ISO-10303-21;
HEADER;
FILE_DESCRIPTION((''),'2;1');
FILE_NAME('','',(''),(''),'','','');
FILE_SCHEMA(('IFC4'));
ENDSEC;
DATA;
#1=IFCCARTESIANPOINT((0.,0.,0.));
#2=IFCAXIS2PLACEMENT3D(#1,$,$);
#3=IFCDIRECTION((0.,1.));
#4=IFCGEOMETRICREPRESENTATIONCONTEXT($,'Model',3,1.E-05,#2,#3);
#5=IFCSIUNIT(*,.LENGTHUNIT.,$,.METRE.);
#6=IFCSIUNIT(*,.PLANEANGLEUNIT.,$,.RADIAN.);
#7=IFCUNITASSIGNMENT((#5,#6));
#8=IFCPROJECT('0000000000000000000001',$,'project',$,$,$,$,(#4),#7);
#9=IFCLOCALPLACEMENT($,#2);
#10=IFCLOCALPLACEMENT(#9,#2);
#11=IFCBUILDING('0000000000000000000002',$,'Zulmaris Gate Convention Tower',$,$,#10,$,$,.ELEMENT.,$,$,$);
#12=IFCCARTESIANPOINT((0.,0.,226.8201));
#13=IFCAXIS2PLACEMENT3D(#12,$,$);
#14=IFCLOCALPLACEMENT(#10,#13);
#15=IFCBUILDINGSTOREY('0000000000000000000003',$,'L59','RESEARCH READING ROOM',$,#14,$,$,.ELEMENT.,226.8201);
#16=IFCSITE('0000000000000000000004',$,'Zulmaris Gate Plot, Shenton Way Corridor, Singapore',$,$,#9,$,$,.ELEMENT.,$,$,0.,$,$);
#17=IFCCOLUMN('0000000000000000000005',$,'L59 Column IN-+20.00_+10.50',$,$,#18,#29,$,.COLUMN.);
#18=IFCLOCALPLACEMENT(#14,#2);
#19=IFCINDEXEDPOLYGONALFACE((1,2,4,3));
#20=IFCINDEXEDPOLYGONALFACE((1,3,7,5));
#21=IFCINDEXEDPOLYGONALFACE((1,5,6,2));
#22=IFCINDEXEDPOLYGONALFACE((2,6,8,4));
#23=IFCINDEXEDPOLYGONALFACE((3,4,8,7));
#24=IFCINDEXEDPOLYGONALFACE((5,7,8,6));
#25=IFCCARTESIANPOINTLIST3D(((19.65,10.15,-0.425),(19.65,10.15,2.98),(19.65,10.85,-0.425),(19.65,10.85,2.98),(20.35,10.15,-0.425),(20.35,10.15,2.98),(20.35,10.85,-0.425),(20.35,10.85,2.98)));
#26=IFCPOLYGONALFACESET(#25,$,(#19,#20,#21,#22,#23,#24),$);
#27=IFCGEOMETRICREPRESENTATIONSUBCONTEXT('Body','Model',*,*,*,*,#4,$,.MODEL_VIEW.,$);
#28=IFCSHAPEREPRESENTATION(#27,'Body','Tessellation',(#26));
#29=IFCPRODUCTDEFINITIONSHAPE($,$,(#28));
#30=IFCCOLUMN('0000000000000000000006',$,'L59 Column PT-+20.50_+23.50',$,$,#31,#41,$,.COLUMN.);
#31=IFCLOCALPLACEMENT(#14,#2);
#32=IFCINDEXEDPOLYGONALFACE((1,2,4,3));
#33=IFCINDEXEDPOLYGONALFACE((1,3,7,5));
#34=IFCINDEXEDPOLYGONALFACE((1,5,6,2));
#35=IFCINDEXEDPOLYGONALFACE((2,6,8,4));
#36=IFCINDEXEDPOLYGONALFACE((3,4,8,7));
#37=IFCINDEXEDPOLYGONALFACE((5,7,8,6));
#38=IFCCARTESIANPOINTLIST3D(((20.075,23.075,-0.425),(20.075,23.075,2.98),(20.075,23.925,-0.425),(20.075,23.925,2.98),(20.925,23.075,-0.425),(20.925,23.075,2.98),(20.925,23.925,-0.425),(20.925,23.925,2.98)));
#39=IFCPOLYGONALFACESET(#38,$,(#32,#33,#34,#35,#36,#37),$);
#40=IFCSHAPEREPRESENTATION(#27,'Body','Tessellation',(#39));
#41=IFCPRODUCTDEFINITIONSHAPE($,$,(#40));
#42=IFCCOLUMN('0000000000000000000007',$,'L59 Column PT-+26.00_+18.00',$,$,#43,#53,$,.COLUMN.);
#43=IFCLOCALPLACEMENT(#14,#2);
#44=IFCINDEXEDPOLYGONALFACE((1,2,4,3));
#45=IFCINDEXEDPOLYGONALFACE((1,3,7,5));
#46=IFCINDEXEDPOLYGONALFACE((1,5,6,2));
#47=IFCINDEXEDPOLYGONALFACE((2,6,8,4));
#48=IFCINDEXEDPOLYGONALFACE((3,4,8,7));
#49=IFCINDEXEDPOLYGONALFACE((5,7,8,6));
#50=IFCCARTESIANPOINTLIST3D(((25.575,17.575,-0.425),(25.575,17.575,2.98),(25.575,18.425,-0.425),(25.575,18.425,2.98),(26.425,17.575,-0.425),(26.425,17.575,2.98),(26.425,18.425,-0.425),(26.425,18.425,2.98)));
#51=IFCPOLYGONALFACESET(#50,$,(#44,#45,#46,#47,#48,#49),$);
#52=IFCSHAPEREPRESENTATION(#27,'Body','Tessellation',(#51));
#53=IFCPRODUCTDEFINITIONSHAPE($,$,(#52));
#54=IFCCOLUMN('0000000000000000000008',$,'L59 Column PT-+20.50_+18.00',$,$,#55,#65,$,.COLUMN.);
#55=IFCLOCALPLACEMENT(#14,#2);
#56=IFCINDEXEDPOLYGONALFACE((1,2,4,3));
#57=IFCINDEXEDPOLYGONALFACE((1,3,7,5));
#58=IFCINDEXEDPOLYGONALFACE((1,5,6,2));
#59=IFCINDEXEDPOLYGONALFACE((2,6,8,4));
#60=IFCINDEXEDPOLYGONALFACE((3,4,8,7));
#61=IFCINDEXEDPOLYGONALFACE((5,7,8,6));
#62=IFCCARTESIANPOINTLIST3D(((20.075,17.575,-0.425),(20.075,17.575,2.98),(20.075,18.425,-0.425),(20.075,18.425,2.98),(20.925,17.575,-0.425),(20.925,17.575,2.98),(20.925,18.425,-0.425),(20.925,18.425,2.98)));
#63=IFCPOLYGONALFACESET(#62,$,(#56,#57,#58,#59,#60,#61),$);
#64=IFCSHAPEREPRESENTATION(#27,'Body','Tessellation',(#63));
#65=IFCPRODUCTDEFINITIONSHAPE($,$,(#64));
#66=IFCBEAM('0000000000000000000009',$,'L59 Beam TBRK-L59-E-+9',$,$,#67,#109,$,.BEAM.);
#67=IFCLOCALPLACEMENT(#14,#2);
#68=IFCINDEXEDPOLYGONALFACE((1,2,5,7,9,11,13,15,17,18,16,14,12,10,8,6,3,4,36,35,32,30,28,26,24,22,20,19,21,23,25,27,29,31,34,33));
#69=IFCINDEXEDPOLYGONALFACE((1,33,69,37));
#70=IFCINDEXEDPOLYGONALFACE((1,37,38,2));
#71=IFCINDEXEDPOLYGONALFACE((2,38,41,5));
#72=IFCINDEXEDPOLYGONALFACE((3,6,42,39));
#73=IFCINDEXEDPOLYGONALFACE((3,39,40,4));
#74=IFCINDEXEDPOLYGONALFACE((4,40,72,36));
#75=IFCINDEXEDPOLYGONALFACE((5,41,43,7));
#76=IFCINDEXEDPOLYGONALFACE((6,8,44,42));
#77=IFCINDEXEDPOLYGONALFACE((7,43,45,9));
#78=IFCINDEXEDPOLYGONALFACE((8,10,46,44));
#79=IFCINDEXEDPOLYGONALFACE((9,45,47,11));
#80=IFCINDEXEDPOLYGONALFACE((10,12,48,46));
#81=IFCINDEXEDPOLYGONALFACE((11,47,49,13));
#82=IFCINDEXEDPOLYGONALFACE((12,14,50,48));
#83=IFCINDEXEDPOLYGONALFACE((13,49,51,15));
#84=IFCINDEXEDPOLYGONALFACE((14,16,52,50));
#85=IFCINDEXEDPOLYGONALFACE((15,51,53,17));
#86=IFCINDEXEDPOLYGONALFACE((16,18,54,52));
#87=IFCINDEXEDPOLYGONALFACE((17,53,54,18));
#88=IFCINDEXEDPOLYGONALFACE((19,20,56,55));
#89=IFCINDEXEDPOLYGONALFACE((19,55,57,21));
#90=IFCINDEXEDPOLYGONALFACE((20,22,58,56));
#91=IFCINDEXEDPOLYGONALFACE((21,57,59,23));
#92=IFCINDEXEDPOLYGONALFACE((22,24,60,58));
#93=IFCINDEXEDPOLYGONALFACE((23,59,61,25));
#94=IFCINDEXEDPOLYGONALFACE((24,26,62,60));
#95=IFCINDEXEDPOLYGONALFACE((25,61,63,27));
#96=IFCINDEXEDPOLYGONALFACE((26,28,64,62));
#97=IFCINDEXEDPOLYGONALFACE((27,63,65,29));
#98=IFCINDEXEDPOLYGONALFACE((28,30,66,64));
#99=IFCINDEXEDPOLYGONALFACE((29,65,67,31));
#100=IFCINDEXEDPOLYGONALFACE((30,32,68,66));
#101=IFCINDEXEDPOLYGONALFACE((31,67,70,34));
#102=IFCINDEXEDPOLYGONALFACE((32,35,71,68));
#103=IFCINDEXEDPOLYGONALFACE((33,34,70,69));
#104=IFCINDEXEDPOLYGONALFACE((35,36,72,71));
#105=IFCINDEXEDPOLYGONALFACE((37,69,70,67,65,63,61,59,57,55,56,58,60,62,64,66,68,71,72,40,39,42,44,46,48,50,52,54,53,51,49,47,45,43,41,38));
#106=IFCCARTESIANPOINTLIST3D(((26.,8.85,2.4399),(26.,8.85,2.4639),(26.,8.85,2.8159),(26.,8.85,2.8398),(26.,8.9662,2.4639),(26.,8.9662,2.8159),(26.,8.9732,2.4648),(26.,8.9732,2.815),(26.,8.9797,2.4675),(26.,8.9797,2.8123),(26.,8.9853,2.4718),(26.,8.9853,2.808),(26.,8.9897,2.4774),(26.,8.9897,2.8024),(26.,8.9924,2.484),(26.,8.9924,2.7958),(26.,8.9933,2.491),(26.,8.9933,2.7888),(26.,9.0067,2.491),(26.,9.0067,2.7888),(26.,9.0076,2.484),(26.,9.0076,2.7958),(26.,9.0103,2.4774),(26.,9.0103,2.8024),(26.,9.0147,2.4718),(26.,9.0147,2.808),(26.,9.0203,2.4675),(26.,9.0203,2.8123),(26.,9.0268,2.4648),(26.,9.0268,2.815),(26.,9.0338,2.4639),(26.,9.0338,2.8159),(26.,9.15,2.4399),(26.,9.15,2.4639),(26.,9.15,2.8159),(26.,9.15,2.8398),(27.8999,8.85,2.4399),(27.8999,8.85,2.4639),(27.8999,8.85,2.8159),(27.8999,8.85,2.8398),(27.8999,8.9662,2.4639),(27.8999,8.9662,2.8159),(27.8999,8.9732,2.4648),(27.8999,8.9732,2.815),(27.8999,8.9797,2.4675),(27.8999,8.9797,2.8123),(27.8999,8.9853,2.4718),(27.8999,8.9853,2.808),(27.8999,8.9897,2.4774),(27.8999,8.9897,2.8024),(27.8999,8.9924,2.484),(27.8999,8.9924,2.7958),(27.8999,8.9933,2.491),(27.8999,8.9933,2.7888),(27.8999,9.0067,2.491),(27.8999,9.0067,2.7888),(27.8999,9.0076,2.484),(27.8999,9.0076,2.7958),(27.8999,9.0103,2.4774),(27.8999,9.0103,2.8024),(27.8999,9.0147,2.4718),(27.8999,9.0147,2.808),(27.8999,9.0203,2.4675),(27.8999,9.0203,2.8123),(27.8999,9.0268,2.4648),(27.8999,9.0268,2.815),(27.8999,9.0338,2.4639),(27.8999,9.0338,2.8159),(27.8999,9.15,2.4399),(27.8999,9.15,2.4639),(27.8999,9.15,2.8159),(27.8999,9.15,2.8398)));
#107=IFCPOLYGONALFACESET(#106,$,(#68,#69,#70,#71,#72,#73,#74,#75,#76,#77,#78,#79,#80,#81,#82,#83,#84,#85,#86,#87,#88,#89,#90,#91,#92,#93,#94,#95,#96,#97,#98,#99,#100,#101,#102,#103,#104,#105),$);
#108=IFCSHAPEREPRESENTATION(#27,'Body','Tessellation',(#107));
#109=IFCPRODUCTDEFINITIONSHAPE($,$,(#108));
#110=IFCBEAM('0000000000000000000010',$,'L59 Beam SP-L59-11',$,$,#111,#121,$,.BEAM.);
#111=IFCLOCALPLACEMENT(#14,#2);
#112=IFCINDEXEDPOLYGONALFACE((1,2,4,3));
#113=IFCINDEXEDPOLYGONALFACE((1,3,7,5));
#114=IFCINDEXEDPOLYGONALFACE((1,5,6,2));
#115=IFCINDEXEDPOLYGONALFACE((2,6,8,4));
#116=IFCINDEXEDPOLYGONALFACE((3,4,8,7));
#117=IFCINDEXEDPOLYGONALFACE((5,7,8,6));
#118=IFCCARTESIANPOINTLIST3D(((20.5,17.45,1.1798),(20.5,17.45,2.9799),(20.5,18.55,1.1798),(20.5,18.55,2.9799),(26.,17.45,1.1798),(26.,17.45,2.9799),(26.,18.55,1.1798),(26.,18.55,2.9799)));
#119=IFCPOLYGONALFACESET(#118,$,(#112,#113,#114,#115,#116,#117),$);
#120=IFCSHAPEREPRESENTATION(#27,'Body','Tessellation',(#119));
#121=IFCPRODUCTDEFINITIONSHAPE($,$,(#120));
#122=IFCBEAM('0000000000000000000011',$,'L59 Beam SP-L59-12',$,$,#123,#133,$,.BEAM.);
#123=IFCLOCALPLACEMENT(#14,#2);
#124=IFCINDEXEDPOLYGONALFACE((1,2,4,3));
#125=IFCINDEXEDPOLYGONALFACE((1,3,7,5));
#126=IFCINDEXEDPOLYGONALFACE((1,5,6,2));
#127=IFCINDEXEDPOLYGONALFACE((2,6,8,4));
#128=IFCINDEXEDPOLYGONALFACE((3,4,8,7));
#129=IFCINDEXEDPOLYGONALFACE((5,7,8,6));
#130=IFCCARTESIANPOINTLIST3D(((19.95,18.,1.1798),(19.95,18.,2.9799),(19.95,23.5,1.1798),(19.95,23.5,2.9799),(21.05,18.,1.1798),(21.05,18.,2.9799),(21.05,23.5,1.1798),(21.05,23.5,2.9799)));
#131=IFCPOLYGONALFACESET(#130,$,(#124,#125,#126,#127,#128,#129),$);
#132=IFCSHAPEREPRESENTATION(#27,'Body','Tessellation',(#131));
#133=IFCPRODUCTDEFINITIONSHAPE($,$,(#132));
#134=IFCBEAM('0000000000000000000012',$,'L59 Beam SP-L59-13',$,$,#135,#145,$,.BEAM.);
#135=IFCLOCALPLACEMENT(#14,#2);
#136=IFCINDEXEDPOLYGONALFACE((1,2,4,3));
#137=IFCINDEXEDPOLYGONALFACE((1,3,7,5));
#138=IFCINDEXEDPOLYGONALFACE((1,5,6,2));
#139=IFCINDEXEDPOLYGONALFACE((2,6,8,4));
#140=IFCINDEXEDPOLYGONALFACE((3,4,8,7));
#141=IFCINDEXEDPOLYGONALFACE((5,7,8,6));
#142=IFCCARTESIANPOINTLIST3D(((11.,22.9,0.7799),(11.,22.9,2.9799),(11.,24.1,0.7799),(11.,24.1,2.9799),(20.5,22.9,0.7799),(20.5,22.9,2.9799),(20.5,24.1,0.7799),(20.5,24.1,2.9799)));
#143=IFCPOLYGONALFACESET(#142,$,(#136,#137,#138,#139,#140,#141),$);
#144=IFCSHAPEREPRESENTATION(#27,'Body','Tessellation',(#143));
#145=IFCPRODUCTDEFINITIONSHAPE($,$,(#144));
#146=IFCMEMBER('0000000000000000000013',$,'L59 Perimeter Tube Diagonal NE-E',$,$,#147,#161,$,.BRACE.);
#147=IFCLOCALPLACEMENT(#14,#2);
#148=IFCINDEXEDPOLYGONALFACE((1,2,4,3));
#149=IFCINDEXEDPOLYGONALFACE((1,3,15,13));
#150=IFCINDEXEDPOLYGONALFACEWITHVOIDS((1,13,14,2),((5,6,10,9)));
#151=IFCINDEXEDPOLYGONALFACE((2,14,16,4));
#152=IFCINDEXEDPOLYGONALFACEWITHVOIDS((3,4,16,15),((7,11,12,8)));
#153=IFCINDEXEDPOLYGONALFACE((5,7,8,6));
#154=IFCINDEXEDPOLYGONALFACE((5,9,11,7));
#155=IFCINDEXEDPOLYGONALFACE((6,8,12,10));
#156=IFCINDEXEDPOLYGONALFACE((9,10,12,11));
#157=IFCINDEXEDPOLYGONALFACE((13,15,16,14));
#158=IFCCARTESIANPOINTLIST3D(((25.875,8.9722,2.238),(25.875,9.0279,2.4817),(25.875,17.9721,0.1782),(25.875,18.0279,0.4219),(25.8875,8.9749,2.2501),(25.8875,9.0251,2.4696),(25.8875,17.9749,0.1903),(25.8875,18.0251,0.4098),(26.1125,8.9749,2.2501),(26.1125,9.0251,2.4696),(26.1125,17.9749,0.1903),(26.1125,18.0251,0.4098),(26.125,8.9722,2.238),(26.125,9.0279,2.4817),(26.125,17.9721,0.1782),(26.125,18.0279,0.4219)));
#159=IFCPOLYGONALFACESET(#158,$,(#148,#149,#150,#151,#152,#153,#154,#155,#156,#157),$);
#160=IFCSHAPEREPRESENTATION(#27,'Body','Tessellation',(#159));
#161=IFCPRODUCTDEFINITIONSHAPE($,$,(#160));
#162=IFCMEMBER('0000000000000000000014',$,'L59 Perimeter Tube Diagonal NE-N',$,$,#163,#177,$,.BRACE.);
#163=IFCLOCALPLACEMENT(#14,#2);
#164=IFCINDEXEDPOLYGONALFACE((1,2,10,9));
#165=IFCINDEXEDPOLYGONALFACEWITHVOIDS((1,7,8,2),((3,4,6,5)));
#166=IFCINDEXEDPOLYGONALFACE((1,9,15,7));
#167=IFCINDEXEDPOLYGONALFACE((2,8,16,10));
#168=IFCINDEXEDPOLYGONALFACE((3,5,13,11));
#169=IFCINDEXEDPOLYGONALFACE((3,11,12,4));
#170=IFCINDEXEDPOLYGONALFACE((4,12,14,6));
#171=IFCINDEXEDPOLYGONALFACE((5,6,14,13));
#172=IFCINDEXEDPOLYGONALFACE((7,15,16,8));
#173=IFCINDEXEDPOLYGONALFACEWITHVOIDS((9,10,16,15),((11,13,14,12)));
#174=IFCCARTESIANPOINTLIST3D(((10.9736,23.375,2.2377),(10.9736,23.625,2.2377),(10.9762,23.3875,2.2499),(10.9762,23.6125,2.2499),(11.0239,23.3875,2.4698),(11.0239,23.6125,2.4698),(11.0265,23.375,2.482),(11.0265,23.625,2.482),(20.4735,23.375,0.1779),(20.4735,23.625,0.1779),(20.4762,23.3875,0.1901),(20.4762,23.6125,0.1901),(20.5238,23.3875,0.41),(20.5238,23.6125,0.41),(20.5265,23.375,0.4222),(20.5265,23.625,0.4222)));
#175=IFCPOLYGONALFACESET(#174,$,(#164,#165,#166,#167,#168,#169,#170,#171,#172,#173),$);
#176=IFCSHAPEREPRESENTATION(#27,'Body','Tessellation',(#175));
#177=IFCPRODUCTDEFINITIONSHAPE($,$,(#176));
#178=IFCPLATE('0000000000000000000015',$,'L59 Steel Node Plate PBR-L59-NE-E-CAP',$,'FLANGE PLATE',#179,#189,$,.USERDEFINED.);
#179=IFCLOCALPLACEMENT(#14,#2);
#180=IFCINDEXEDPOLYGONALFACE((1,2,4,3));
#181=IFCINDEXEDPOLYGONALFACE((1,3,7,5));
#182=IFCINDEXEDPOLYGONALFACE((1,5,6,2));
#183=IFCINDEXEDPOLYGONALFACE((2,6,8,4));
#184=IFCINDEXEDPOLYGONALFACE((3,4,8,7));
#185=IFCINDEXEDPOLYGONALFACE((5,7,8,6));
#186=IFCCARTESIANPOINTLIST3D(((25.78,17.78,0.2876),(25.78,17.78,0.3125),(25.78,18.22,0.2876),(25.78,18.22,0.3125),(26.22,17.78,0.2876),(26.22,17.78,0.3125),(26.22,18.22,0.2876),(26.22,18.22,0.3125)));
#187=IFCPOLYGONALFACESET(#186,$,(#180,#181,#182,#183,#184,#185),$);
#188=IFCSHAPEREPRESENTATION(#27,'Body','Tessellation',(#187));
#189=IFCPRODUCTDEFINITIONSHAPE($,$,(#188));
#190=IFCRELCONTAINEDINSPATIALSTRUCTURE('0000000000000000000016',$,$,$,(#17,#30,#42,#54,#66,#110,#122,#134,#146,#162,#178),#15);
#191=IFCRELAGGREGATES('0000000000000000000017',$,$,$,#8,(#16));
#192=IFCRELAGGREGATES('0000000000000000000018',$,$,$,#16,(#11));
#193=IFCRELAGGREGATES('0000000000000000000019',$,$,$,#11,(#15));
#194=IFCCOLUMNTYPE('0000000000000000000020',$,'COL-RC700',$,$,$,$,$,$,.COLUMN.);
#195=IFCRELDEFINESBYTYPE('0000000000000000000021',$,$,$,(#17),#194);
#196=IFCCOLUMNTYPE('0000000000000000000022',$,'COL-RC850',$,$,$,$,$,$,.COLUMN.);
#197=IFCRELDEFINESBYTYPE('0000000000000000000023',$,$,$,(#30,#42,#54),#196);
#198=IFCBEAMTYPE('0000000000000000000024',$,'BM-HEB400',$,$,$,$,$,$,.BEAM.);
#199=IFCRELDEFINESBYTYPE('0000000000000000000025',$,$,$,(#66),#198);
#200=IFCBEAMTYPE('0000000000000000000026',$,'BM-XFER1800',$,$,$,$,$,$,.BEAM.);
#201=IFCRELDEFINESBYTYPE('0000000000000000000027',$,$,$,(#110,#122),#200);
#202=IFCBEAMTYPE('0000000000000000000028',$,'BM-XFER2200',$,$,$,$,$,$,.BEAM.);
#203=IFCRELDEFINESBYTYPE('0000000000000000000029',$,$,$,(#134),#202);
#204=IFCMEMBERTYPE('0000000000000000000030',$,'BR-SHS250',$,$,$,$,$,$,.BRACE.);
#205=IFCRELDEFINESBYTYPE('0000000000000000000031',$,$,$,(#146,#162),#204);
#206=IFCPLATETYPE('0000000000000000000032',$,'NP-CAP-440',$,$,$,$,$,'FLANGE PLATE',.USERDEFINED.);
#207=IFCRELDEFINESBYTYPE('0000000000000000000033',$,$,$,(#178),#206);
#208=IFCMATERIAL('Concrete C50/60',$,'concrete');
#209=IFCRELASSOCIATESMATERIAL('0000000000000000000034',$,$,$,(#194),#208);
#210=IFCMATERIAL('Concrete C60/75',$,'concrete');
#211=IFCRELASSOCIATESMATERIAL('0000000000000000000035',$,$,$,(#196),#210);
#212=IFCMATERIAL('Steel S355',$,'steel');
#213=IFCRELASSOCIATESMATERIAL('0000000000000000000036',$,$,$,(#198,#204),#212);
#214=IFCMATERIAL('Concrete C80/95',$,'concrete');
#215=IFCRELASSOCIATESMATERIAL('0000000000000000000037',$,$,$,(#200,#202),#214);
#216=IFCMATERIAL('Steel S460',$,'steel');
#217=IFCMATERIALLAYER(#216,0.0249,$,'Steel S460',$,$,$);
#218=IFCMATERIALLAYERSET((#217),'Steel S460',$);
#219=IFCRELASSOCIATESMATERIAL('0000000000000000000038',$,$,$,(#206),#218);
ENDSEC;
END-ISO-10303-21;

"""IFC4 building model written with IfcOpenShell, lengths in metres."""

from ifc_helpers import new_model, si_unit, direction, frame, origin, origin_2d, place, context, subcontext, project, spatial, rectangle, hollow_rectangle, i_section, extrude, material, layer, layer_set, material_profile, profile_set, type_object, element, save


model = new_model("IFC4")

# Units and contexts
model_context = context("Model", 3, precision=1e-05, world=origin(), true_north=direction((0.0, 1.0)))
body_context = subcontext(model_context, "Body", "Model", "MODEL_VIEW")
ifc_project = project(units=[si_unit("LENGTHUNIT", "METRE"), si_unit("PLANEANGLEUNIT", "RADIAN")], contexts=[model_context])

# Site, building, storey
site_placement = place(None, origin())
site = spatial("IfcSite", under=ifc_project, at=site_placement, Name="Zulmaris Gate Plot, Shenton Way Corridor, Singapore", CompositionType="ELEMENT", RefElevation=0.0)
building_placement = place(site_placement, origin())
building = spatial("IfcBuilding", under=site, at=building_placement, Name="Zulmaris Gate Convention Tower", CompositionType="ELEMENT")
storey_placement = place(building_placement, frame((0.0, 0.0, 226.8201)))
storey = spatial("IfcBuildingStorey", under=building, at=storey_placement, Name="L59", Description="RESEARCH READING ROOM", CompositionType="ELEMENT", Elevation=226.8201)

# Columns
ifc_material_1 = material(Name="Concrete C50/60", Category="concrete")
ifc_material_profile_1 = material_profile(ifc_material_1, rectangle(XDim=0.7, YDim=0.7, at=origin_2d()), Name="RC COL 700x700")
ifc_profile_set_1 = profile_set([ifc_material_profile_1], Name="Concrete C50/60")
column_type_1 = type_object("IfcColumnType", Name="COL-RC700", PredefinedType="COLUMN", material=ifc_profile_set_1)
column_placement = place(storey_placement, frame((20.0, 10.5, -0.425), z_axis=(0.0, 0.0, 1.0), x_axis=(1.0, 0.0, 0.0)))
element("IfcColumn", 1, at=column_placement, inside=storey, type_object=column_type_1, Name="L59 Column IN-+20.00_+10.50", PredefinedType="COLUMN", context=body_context, shape_type="SweptSolid", body=[
    extrude(rectangle(XDim=0.7, YDim=0.7, at=origin_2d()), origin(), (0.0, 0.0, 1.0), 3.405),
])
ifc_material_2 = material(Name="Concrete C60/75", Category="concrete")
ifc_material_profile_2 = material_profile(ifc_material_2, rectangle(XDim=0.8501, YDim=0.8501, at=origin_2d()), Name="RC COL 850x850")
ifc_profile_set_2 = profile_set([ifc_material_profile_2], Name="Concrete C60/75")
column_type_2 = type_object("IfcColumnType", Name="COL-RC850", PredefinedType="COLUMN", material=ifc_profile_set_2)
for number, where, z_axis, x_axis, name in (
    (2, (20.5, 23.5, -0.425), (0.0, 0.0, 1.0), (1.0, 0.0, 0.0), "L59 Column PT-+20.50_+23.50"),
    (3, (26.0, 18.0, -0.425), (0.0, 0.0, 1.0), (1.0, 0.0, 0.0), "L59 Column PT-+26.00_+18.00"),
    (4, (20.5, 18.0, -0.425), (0.0, 0.0, 1.0), (1.0, 0.0, 0.0), "L59 Column PT-+20.50_+18.00"),
):
    element("IfcColumn", number, at=place(storey_placement, frame(where, z_axis=z_axis, x_axis=x_axis)), inside=storey, type_object=column_type_2, Name=name, PredefinedType="COLUMN", context=body_context, shape_type="SweptSolid", body=[
        extrude(rectangle(XDim=0.8501, YDim=0.8501, at=origin_2d()), origin(), (0.0, 0.0, 1.0), 3.405),
    ])

# Beams
ifc_material_3 = material(Name="Steel S355", Category="steel")
ifc_material_profile_3 = material_profile(ifc_material_3, i_section(OverallWidth=0.3, OverallDepth=0.3999, WebThickness=0.0134, FlangeThickness=0.0239, FilletRadius=0.0271, at=origin_2d()), Name="HEB 400")
ifc_profile_set_3 = profile_set([ifc_material_profile_3], Name="Steel S355")
beam_type_1 = type_object("IfcBeamType", Name="BM-HEB400", PredefinedType="BEAM", material=ifc_profile_set_3)
beam_1_placement = place(storey_placement, frame((26.0, 9.0, 2.6399), z_axis=(1.0, 0.0, 0.0), x_axis=(0.0, 1.0, 0.0)))
element("IfcBeam", 5, at=beam_1_placement, inside=storey, type_object=beam_type_1, Name="L59 Beam TBRK-L59-E-+9", PredefinedType="BEAM", context=body_context, shape_type="SweptSolid", body=[
    extrude(i_section(OverallWidth=0.3, OverallDepth=0.3999, WebThickness=0.0134, FlangeThickness=0.0239, FilletRadius=0.0271, at=origin_2d()), origin(), (0.0, 0.0, 1.0), 1.8999),
])
ifc_material_4 = material(Name="Concrete C80/95", Category="concrete")
ifc_material_profile_4 = material_profile(ifc_material_4, rectangle(XDim=1.1001, YDim=1.8, at=origin_2d()), Name="RC TRANSFER 1100x1800")
ifc_profile_set_4 = profile_set([ifc_material_profile_4], Name="Concrete C80/95")
beam_type_2 = type_object("IfcBeamType", Name="BM-XFER1800", PredefinedType="BEAM", material=ifc_profile_set_4)
for number, where, z_axis, x_axis, name in (
    (6, (26.0, 18.0, 2.0798), (-1.0, 0.0, 0.0), (0.0, -1.0, 0.0), "L59 Beam SP-L59-11"),
    (7, (20.5, 18.0, 2.0798), (0.0, 1.0, 0.0), (-1.0, 0.0, 0.0), "L59 Beam SP-L59-12"),
):
    element("IfcBeam", number, at=place(storey_placement, frame(where, z_axis=z_axis, x_axis=x_axis)), inside=storey, type_object=beam_type_2, Name=name, PredefinedType="BEAM", context=body_context, shape_type="SweptSolid", body=[
        extrude(rectangle(XDim=1.1001, YDim=1.8, at=origin_2d()), origin(), (0.0, 0.0, 1.0), 5.5),
    ])
ifc_material_profile_5 = material_profile(ifc_material_4, rectangle(XDim=1.2, YDim=2.2, at=origin_2d()), Name="RC TRANSFER 1200x2200")
ifc_profile_set_5 = profile_set([ifc_material_profile_5], Name="Concrete C80/95")
beam_type_3 = type_object("IfcBeamType", Name="BM-XFER2200", PredefinedType="BEAM", material=ifc_profile_set_5)
beam_2_placement = place(storey_placement, frame((20.5, 23.5, 1.8799), z_axis=(-1.0, 0.0, 0.0), x_axis=(0.0, -1.0, 0.0)))
element("IfcBeam", 8, at=beam_2_placement, inside=storey, type_object=beam_type_3, Name="L59 Beam SP-L59-13", PredefinedType="BEAM", context=body_context, shape_type="SweptSolid", body=[
    extrude(rectangle(XDim=1.2, YDim=2.2, at=origin_2d()), origin(), (0.0, 0.0, 1.0), 9.5),
])

# Members
ifc_material_profile_6 = material_profile(ifc_material_3, hollow_rectangle(XDim=0.25, YDim=0.25, WallThickness=0.0125, at=origin_2d()), Name="SHS 250x250x12.5")
ifc_profile_set_6 = profile_set([ifc_material_profile_6], Name="Steel S355")
member_type = type_object("IfcMemberType", Name="BR-SHS250", PredefinedType="BRACE", material=ifc_profile_set_6)
member_1_placement = place(storey_placement, frame((26.0, 18.0, 0.3), z_axis=(0.0, -0.974796, 0.2231), x_axis=(1.0, 0.0, 0.0)))
element("IfcMember", 9, at=member_1_placement, inside=storey, type_object=member_type, Name="L59 Perimeter Tube Diagonal NE-E", PredefinedType="BRACE", context=body_context, shape_type="SweptSolid", body=[
    extrude(hollow_rectangle(XDim=0.25, YDim=0.25, WallThickness=0.0125, at=origin_2d()), origin(), (0.0, 0.0, 1.0), 9.2327),
])
member_2_placement = place(storey_placement, frame((20.5, 23.5, 0.3), z_axis=(-0.977292, 0.0, 0.211899), x_axis=(0.0, -1.0, 0.0)))
element("IfcMember", 10, at=member_2_placement, inside=storey, type_object=member_type, Name="L59 Perimeter Tube Diagonal NE-N", PredefinedType="BRACE", context=body_context, shape_type="SweptSolid", body=[
    extrude(hollow_rectangle(XDim=0.25, YDim=0.25, WallThickness=0.0125, at=origin_2d()), origin(), (0.0, 0.0, 1.0), 9.7207),
])

# Plate
ifc_material_5 = material(Name="Steel S460", Category="steel")
ifc_layer_1 = layer(ifc_material_5, 0.0249, Name="Steel S460")
ifc_layer_set_1 = layer_set([ifc_layer_1], Name="Steel S460")
plate_type = type_object("IfcPlateType", Name="NP-CAP-440", ElementType="FLANGE PLATE", PredefinedType="USERDEFINED", material=ifc_layer_set_1)
for number, where, z_axis, x_axis, name in (
    (11, (26.0, 18.0, 0.2876), (0.0, 0.0, 1.0), (1.0, 0.0, 0.0), "L59 Steel Node Plate PBR-L59-NE-E-CAP"),
):
    element("IfcPlate", number, at=place(storey_placement, frame(where, z_axis=z_axis, x_axis=x_axis)), inside=storey, type_object=plate_type, Name=name, ObjectType="FLANGE PLATE", PredefinedType="USERDEFINED", context=body_context, shape_type="SweptSolid", body=[
        extrude(rectangle(XDim=0.4399, YDim=0.4399, at=origin_2d()), origin(), (0.0, 0.0, 1.0), 0.0249),
    ])

save(model, "model.ifc")
